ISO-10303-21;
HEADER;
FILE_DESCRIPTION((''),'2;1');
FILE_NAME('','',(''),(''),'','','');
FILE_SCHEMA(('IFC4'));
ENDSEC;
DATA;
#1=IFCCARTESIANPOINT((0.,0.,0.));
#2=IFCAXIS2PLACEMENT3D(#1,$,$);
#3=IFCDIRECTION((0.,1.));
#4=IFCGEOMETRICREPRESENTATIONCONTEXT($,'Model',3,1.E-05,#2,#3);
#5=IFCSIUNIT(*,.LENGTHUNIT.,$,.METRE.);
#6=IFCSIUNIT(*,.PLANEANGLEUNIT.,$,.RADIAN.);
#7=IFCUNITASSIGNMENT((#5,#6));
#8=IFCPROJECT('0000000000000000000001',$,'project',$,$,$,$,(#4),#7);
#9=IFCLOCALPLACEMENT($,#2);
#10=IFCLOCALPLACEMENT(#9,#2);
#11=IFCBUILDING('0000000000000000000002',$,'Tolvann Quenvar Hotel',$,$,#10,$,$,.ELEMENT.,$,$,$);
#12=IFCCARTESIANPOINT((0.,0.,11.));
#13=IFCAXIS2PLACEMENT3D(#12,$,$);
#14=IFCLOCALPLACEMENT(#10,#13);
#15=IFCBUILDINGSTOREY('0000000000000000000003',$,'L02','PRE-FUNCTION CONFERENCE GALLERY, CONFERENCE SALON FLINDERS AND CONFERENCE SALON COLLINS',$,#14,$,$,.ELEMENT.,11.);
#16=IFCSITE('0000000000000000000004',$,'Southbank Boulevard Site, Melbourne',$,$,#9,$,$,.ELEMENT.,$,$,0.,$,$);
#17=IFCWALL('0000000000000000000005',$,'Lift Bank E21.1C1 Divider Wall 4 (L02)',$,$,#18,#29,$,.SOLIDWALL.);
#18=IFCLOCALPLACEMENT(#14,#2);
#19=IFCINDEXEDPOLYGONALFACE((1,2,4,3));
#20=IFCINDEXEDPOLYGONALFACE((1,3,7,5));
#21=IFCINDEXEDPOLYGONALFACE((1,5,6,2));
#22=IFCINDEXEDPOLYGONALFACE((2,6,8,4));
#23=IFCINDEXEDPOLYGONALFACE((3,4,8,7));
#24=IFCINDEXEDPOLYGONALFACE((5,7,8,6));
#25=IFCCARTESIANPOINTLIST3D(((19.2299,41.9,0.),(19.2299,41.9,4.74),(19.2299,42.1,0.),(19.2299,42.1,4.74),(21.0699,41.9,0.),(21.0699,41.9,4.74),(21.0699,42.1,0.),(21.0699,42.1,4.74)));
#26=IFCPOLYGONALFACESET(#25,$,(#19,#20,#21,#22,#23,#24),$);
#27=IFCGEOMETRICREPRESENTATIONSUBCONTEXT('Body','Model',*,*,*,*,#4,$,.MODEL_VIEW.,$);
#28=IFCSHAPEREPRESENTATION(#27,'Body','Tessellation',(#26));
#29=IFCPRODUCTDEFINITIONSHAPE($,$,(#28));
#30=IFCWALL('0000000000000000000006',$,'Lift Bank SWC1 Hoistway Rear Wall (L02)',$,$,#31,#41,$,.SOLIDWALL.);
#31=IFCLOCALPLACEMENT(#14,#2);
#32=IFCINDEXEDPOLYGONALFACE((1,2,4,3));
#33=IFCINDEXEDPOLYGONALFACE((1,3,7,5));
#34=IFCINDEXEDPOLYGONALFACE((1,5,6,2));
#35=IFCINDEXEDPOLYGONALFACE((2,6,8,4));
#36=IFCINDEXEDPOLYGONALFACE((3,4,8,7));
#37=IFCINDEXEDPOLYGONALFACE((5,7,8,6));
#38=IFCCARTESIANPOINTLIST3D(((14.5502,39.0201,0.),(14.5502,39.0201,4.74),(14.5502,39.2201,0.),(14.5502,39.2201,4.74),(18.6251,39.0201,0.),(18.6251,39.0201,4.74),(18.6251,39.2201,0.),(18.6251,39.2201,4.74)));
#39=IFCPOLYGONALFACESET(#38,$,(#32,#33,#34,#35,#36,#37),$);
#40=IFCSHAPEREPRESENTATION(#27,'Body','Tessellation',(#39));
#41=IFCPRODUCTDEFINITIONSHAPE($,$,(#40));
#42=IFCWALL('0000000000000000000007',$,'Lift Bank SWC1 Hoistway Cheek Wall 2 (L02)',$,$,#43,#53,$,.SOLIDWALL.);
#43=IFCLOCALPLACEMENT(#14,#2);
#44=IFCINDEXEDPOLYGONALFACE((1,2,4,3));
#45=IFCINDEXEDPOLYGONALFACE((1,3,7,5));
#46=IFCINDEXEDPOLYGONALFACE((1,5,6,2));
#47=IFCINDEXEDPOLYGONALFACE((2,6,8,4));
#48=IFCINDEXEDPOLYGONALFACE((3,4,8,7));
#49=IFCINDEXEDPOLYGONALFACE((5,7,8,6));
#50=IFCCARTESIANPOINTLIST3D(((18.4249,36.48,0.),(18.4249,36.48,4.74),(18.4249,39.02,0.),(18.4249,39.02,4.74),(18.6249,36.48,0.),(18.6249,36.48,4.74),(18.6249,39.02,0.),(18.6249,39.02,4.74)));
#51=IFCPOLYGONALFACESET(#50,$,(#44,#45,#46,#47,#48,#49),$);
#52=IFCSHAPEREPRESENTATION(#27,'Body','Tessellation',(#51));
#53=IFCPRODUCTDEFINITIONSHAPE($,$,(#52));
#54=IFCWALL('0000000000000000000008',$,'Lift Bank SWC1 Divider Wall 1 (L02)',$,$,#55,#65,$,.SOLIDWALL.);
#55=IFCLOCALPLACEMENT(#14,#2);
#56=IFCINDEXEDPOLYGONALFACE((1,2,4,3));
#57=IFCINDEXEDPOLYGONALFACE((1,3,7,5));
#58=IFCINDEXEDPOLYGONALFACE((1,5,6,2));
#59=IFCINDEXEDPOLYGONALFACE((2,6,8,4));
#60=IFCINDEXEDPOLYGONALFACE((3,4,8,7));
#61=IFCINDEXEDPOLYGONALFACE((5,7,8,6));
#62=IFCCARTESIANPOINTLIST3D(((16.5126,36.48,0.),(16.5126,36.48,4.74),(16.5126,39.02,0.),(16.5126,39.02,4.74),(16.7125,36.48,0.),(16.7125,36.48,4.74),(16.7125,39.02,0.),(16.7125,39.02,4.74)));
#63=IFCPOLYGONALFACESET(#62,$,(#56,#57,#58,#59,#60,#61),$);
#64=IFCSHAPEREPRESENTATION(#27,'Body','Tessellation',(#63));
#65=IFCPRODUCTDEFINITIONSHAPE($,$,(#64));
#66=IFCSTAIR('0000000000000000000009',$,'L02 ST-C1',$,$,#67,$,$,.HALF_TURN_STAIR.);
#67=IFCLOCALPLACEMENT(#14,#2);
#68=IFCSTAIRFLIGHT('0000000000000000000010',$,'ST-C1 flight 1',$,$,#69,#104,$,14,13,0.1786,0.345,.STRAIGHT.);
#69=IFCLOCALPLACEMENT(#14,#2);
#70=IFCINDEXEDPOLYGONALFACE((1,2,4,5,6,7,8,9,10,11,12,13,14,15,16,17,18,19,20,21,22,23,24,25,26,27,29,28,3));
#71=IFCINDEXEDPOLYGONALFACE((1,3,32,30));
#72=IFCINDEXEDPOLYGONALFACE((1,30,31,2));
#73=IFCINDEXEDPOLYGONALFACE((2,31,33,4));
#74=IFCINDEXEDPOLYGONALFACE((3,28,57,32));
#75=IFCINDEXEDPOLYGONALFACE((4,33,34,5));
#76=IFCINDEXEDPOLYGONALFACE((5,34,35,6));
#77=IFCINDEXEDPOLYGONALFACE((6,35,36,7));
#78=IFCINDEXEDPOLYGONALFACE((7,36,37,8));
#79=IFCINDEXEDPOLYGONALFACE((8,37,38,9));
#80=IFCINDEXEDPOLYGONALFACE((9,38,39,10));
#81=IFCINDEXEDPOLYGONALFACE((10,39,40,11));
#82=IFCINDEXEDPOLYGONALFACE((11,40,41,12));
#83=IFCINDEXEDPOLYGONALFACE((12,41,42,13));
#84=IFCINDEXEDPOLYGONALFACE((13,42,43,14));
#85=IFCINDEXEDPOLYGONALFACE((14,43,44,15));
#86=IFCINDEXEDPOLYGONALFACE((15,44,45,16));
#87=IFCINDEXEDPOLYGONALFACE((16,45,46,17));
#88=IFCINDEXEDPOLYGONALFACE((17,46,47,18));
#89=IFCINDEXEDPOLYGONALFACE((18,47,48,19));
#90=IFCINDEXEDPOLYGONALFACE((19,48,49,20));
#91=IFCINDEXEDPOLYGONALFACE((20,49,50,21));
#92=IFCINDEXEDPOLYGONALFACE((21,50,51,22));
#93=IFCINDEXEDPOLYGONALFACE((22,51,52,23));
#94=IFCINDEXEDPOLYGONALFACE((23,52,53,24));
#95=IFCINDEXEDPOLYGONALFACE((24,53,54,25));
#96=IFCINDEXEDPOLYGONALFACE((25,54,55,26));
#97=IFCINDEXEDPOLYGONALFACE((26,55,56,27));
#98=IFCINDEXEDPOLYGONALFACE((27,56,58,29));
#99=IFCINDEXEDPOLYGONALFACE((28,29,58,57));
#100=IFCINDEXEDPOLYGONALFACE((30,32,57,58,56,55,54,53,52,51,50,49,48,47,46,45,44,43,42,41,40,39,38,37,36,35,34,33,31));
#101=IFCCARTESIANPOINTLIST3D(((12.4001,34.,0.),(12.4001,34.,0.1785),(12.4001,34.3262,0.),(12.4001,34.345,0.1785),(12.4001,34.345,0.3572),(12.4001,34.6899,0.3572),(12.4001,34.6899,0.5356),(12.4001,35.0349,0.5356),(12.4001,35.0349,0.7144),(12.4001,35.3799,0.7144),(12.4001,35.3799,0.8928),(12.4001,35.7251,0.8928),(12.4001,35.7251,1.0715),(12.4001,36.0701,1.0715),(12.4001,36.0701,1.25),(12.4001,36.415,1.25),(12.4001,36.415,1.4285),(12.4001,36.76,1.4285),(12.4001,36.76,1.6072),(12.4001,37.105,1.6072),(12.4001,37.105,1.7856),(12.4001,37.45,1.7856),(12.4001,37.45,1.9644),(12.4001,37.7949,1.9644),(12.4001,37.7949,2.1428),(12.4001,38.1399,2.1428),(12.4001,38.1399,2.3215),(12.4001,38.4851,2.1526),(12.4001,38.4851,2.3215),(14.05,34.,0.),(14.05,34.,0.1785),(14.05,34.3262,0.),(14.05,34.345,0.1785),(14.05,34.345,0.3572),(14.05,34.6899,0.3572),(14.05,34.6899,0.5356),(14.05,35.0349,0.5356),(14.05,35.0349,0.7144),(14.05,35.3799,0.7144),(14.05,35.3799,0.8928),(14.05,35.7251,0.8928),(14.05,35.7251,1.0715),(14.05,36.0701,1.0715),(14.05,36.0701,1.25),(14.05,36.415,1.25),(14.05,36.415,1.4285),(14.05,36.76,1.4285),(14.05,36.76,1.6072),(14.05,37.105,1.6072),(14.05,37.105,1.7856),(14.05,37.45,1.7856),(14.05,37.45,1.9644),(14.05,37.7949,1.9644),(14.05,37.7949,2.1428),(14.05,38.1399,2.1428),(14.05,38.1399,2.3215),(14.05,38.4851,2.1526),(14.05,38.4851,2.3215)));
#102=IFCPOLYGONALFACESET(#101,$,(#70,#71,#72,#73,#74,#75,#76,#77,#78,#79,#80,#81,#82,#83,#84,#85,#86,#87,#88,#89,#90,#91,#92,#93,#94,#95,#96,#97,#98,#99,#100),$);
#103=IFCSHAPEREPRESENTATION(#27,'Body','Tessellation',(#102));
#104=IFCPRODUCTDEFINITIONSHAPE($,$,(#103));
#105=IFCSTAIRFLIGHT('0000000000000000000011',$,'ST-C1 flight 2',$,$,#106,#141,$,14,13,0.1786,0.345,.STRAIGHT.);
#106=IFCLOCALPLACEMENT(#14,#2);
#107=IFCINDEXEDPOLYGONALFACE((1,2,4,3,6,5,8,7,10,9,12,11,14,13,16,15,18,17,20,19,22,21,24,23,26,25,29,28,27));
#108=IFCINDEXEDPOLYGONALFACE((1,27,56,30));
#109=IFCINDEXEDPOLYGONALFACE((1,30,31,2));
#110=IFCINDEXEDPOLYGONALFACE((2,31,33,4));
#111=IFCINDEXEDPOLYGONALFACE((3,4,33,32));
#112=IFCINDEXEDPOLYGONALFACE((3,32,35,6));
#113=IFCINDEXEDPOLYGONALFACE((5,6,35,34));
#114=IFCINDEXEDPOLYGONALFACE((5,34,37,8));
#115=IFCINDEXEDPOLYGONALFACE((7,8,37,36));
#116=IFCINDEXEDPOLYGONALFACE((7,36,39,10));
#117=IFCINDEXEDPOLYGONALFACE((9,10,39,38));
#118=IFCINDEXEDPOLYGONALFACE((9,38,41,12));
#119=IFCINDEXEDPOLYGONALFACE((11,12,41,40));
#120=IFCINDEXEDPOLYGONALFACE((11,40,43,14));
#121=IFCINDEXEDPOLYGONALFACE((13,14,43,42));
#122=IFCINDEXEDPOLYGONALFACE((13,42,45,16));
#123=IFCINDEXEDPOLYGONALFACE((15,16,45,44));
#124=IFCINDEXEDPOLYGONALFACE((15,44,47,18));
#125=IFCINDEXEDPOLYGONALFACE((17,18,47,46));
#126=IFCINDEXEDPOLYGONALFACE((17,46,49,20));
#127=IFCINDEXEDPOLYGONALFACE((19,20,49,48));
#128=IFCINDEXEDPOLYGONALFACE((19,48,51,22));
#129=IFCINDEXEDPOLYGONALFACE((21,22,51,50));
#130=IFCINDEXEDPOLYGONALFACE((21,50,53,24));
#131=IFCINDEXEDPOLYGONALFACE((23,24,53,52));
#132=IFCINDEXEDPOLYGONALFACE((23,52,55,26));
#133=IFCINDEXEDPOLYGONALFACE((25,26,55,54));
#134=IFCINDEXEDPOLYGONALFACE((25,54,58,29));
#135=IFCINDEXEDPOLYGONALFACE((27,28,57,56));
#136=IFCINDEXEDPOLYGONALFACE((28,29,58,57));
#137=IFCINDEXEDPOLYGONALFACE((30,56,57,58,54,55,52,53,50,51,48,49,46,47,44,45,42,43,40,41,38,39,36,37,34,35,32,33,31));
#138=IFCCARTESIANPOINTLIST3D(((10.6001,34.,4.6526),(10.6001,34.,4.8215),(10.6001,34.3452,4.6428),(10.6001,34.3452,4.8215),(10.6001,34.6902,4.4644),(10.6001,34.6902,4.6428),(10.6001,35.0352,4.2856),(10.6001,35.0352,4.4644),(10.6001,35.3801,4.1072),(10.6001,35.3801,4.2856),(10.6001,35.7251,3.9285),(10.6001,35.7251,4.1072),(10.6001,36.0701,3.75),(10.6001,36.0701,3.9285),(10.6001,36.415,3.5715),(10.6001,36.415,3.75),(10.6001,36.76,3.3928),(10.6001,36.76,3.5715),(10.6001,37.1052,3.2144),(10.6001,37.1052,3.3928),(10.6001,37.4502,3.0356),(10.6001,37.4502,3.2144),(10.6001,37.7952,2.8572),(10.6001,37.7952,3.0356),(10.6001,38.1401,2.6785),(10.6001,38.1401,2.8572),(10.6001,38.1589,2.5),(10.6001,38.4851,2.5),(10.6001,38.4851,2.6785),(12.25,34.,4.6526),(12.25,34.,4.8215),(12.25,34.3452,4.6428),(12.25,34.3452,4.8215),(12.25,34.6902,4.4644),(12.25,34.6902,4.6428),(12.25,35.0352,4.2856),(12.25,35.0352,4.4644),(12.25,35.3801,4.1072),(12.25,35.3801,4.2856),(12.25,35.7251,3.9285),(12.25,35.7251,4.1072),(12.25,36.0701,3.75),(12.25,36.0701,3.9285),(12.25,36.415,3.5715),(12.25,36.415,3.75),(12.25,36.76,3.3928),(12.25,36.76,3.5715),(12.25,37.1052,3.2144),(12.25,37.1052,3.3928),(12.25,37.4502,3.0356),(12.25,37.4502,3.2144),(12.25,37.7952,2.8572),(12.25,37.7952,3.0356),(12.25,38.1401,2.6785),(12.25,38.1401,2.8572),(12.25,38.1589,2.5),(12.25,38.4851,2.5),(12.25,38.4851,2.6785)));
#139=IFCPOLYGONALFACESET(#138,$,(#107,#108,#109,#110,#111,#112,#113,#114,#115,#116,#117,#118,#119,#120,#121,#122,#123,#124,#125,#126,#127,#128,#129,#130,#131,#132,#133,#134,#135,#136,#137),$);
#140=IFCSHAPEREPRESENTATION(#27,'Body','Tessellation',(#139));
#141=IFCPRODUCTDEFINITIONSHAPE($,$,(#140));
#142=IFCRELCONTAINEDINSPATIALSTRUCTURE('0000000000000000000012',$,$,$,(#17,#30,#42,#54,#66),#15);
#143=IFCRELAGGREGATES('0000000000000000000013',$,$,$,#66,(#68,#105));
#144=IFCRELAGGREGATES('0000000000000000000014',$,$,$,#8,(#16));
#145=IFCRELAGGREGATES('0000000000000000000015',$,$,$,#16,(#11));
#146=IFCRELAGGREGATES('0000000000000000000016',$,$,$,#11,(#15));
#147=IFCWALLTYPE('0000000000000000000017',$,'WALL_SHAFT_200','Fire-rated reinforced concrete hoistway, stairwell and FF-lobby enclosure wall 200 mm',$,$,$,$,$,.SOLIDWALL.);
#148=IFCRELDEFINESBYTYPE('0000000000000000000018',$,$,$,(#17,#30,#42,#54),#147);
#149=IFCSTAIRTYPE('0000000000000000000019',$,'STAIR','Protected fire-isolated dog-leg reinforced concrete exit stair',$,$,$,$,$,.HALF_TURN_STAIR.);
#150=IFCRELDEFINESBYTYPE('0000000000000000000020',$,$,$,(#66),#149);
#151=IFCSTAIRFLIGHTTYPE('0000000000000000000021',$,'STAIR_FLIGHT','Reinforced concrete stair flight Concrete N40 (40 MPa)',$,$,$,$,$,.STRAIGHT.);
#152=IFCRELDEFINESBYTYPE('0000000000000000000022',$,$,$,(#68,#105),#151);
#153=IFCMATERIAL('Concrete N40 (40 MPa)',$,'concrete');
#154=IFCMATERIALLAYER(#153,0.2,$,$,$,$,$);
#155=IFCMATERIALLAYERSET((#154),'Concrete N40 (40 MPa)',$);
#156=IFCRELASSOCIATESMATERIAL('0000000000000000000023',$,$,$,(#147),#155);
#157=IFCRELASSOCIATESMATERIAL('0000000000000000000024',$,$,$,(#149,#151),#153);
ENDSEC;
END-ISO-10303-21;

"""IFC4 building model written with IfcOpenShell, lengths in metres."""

from ifc_helpers import new_model, si_unit, direction, frame, frame_2d, origin, place, context, subcontext, project, spatial, polyline, rectangle, outline, extrude, material, layer, layer_set, type_object, element, aggregate, save


model = new_model("IFC4")

# Units and contexts
model_context = context("Model", 3, precision=1e-05, world=origin(), true_north=direction((0.0, 1.0)))
body_context = subcontext(model_context, "Body", "Model", "MODEL_VIEW")
ifc_project = project(units=[si_unit("LENGTHUNIT", "METRE"), si_unit("PLANEANGLEUNIT", "RADIAN")], contexts=[model_context])

# Site, building, storey
site_placement = place(None, origin())
site = spatial("IfcSite", under=ifc_project, at=site_placement, Name="Southbank Boulevard Site, Melbourne", CompositionType="ELEMENT", RefElevation=0.0)
building_placement = place(site_placement, origin())
building = spatial("IfcBuilding", under=site, at=building_placement, Name="Tolvann Quenvar Hotel", CompositionType="ELEMENT")
storey_placement = place(building_placement, frame((0.0, 0.0, 11.0)))
storey = spatial("IfcBuildingStorey", under=building, at=storey_placement, Name="L02", Description="PRE-FUNCTION CONFERENCE GALLERY, CONFERENCE SALON FLINDERS AND CONFERENCE SALON COLLINS", CompositionType="ELEMENT", Elevation=11.0)

# Wall
ifc_material_1 = material(Name="Concrete N40 (40 MPa)", Category="concrete")
ifc_layer_1 = layer(ifc_material_1, 0.2)
ifc_layer_set_1 = layer_set([ifc_layer_1], Name="Concrete N40 (40 MPa)")
wall_type_1 = type_object("IfcWallType", Name="WALL_SHAFT_200", Description="Fire-rated reinforced concrete hoistway, stairwell and FF-lobby enclosure wall 200 mm", PredefinedType="SOLIDWALL", material=ifc_layer_set_1)
for number, where, z_axis, x_axis, name in (
    (1, (19.23, 42.0, 0.0), (0.0, 0.0, 1.0), (1.0, 0.0, 0.0), "Lift Bank E21.1C1 Divider Wall 4 (L02)"),
):
    element("IfcWall", number, at=place(storey_placement, frame(where, z_axis=z_axis, x_axis=x_axis)), inside=storey, type_object=wall_type_1, Name=name, PredefinedType="SOLIDWALL", context=body_context, shape_type="SweptSolid", body=[
        extrude(rectangle(XDim=1.8401, YDim=0.2, at=frame_2d((0.9199, 0.0))), origin(), (0.0, 0.0, 1.0), 4.74),
    ])

# Walls
wall_1_placement = place(storey_placement, frame((14.55, 39.1201, 0.0), z_axis=(0.0, 0.0, 1.0), x_axis=(1.0, 0.0, 0.0)))
element("IfcWall", 2, at=wall_1_placement, inside=storey, type_object=wall_type_1, Name="Lift Bank SWC1 Hoistway Rear Wall (L02)", PredefinedType="SOLIDWALL", context=body_context, shape_type="SweptSolid", body=[
    extrude(rectangle(XDim=4.075, YDim=0.2, at=frame_2d((2.0376, 0.0))), origin(), (0.0, 0.0, 1.0), 4.74),
])
for number, where, z_axis, x_axis, name in (
    (3, (18.5249, 36.48, 0.0), (0.0, 0.0, 1.0), (0.0, 1.0, 0.0), "Lift Bank SWC1 Hoistway Cheek Wall 2 (L02)"),
    (4, (16.6125, 36.48, 0.0), (0.0, 0.0, 1.0), (0.0, 1.0, 0.0), "Lift Bank SWC1 Divider Wall 1 (L02)"),
):
    element("IfcWall", number, at=place(storey_placement, frame(where, z_axis=z_axis, x_axis=x_axis)), inside=storey, type_object=wall_type_1, Name=name, PredefinedType="SOLIDWALL", context=body_context, shape_type="SweptSolid", body=[
        extrude(rectangle(XDim=2.54, YDim=0.2, at=frame_2d((1.27, 0.0))), origin(), (0.0, 0.0, 1.0), 4.74),
    ])

# Stair, stair flights
stair_type = type_object("IfcStairType", Name="STAIR", Description="Protected fire-isolated dog-leg reinforced concrete exit stair", PredefinedType="HALF_TURN_STAIR", material=ifc_material_1)
stair_placement = place(storey_placement, origin())
stair = element("IfcStair", 5, at=stair_placement, inside=storey, type_object=stair_type, Name="L02 ST-C1", PredefinedType="HALF_TURN_STAIR")
stair_flight_type = type_object("IfcStairFlightType", Name="STAIR_FLIGHT", Description="Reinforced concrete stair flight Concrete N40 (40 MPa)", PredefinedType="STRAIGHT", material=ifc_material_1)
stair_flight_1_placement = place(storey_placement, frame((13.2251, 34.0, 0.0), z_axis=(0.0, 0.0, 1.0), x_axis=(0.0, 1.0, 0.0)))
stair_flight_1 = element("IfcStairFlight", 6, at=stair_flight_1_placement, type_object=stair_flight_type, Name="ST-C1 flight 1", NumberOfRisers=14, NumberOfTreads=13, PredefinedType="STRAIGHT", RiserHeight=0.1786, TreadLength=0.345, context=body_context, shape_type="SweptSolid", body=[
    extrude(outline(polyline([(0.0, 0.0), (0.0, 0.1785), (0.345, 0.1785), (0.345, 0.3572), (0.6899, 0.3572), (0.6899, 0.5356), (1.0349, 0.5356), (1.0349, 0.7144), (1.3799, 0.7144), (1.3799, 0.8928), (1.7251, 0.8928), (1.7251, 1.0715), (2.0701, 1.0715), (2.0701, 1.25), (2.415, 1.25), (2.415, 1.4285), (2.76, 1.4285), (2.76, 1.6072), (3.105, 1.6072), (3.105, 1.7856), (3.45, 1.7856), (3.45, 1.9644), (3.7949, 1.9644), (3.7949, 2.1428), (4.1399, 2.1428), (4.1399, 2.3215), (4.4851, 2.3215), (4.4851, 2.5), (4.4851, 2.1526), (0.3262, 0.0), (0.0, 0.0)])), frame((0.0, 0.825, 0.0), z_axis=(0.0, -1.0, 0.0), x_axis=(1.0, 0.0, 0.0)), (0.0, 0.0, 1.0), 1.6499),
])
stair_flight_2_placement = place(storey_placement, frame((11.425, 38.4851, 2.5), z_axis=(0.0, 0.0, 1.0), x_axis=(0.0, -1.0, 0.0)))
stair_flight_2 = element("IfcStairFlight", 7, at=stair_flight_2_placement, type_object=stair_flight_type, Name="ST-C1 flight 2", NumberOfRisers=14, NumberOfTreads=13, PredefinedType="STRAIGHT", RiserHeight=0.1786, TreadLength=0.345, context=body_context, shape_type="SweptSolid", body=[
    extrude(outline(polyline([(0.0, 0.0), (0.0, 0.1785), (0.345, 0.1785), (0.345, 0.3572), (0.6899, 0.3572), (0.6899, 0.5356), (1.0349, 0.5356), (1.0349, 0.7144), (1.3799, 0.7144), (1.3799, 0.8928), (1.7251, 0.8928), (1.7251, 1.0715), (2.0701, 1.0715), (2.0701, 1.25), (2.415, 1.25), (2.415, 1.4285), (2.76, 1.4285), (2.76, 1.6072), (3.105, 1.6072), (3.105, 1.7856), (3.45, 1.7856), (3.45, 1.9644), (3.7949, 1.9644), (3.7949, 2.1428), (4.1399, 2.1428), (4.1399, 2.3215), (4.4851, 2.3215), (4.4851, 2.5), (4.4851, 2.1526), (0.3262, 0.0), (0.0, 0.0)])), frame((0.0, 0.825, 0.0), z_axis=(0.0, -1.0, 0.0), x_axis=(1.0, 0.0, 0.0)), (0.0, 0.0, 1.0), 1.6499),
])
aggregate(stair, [stair_flight_1, stair_flight_2])

save(model, "model.ifc")
